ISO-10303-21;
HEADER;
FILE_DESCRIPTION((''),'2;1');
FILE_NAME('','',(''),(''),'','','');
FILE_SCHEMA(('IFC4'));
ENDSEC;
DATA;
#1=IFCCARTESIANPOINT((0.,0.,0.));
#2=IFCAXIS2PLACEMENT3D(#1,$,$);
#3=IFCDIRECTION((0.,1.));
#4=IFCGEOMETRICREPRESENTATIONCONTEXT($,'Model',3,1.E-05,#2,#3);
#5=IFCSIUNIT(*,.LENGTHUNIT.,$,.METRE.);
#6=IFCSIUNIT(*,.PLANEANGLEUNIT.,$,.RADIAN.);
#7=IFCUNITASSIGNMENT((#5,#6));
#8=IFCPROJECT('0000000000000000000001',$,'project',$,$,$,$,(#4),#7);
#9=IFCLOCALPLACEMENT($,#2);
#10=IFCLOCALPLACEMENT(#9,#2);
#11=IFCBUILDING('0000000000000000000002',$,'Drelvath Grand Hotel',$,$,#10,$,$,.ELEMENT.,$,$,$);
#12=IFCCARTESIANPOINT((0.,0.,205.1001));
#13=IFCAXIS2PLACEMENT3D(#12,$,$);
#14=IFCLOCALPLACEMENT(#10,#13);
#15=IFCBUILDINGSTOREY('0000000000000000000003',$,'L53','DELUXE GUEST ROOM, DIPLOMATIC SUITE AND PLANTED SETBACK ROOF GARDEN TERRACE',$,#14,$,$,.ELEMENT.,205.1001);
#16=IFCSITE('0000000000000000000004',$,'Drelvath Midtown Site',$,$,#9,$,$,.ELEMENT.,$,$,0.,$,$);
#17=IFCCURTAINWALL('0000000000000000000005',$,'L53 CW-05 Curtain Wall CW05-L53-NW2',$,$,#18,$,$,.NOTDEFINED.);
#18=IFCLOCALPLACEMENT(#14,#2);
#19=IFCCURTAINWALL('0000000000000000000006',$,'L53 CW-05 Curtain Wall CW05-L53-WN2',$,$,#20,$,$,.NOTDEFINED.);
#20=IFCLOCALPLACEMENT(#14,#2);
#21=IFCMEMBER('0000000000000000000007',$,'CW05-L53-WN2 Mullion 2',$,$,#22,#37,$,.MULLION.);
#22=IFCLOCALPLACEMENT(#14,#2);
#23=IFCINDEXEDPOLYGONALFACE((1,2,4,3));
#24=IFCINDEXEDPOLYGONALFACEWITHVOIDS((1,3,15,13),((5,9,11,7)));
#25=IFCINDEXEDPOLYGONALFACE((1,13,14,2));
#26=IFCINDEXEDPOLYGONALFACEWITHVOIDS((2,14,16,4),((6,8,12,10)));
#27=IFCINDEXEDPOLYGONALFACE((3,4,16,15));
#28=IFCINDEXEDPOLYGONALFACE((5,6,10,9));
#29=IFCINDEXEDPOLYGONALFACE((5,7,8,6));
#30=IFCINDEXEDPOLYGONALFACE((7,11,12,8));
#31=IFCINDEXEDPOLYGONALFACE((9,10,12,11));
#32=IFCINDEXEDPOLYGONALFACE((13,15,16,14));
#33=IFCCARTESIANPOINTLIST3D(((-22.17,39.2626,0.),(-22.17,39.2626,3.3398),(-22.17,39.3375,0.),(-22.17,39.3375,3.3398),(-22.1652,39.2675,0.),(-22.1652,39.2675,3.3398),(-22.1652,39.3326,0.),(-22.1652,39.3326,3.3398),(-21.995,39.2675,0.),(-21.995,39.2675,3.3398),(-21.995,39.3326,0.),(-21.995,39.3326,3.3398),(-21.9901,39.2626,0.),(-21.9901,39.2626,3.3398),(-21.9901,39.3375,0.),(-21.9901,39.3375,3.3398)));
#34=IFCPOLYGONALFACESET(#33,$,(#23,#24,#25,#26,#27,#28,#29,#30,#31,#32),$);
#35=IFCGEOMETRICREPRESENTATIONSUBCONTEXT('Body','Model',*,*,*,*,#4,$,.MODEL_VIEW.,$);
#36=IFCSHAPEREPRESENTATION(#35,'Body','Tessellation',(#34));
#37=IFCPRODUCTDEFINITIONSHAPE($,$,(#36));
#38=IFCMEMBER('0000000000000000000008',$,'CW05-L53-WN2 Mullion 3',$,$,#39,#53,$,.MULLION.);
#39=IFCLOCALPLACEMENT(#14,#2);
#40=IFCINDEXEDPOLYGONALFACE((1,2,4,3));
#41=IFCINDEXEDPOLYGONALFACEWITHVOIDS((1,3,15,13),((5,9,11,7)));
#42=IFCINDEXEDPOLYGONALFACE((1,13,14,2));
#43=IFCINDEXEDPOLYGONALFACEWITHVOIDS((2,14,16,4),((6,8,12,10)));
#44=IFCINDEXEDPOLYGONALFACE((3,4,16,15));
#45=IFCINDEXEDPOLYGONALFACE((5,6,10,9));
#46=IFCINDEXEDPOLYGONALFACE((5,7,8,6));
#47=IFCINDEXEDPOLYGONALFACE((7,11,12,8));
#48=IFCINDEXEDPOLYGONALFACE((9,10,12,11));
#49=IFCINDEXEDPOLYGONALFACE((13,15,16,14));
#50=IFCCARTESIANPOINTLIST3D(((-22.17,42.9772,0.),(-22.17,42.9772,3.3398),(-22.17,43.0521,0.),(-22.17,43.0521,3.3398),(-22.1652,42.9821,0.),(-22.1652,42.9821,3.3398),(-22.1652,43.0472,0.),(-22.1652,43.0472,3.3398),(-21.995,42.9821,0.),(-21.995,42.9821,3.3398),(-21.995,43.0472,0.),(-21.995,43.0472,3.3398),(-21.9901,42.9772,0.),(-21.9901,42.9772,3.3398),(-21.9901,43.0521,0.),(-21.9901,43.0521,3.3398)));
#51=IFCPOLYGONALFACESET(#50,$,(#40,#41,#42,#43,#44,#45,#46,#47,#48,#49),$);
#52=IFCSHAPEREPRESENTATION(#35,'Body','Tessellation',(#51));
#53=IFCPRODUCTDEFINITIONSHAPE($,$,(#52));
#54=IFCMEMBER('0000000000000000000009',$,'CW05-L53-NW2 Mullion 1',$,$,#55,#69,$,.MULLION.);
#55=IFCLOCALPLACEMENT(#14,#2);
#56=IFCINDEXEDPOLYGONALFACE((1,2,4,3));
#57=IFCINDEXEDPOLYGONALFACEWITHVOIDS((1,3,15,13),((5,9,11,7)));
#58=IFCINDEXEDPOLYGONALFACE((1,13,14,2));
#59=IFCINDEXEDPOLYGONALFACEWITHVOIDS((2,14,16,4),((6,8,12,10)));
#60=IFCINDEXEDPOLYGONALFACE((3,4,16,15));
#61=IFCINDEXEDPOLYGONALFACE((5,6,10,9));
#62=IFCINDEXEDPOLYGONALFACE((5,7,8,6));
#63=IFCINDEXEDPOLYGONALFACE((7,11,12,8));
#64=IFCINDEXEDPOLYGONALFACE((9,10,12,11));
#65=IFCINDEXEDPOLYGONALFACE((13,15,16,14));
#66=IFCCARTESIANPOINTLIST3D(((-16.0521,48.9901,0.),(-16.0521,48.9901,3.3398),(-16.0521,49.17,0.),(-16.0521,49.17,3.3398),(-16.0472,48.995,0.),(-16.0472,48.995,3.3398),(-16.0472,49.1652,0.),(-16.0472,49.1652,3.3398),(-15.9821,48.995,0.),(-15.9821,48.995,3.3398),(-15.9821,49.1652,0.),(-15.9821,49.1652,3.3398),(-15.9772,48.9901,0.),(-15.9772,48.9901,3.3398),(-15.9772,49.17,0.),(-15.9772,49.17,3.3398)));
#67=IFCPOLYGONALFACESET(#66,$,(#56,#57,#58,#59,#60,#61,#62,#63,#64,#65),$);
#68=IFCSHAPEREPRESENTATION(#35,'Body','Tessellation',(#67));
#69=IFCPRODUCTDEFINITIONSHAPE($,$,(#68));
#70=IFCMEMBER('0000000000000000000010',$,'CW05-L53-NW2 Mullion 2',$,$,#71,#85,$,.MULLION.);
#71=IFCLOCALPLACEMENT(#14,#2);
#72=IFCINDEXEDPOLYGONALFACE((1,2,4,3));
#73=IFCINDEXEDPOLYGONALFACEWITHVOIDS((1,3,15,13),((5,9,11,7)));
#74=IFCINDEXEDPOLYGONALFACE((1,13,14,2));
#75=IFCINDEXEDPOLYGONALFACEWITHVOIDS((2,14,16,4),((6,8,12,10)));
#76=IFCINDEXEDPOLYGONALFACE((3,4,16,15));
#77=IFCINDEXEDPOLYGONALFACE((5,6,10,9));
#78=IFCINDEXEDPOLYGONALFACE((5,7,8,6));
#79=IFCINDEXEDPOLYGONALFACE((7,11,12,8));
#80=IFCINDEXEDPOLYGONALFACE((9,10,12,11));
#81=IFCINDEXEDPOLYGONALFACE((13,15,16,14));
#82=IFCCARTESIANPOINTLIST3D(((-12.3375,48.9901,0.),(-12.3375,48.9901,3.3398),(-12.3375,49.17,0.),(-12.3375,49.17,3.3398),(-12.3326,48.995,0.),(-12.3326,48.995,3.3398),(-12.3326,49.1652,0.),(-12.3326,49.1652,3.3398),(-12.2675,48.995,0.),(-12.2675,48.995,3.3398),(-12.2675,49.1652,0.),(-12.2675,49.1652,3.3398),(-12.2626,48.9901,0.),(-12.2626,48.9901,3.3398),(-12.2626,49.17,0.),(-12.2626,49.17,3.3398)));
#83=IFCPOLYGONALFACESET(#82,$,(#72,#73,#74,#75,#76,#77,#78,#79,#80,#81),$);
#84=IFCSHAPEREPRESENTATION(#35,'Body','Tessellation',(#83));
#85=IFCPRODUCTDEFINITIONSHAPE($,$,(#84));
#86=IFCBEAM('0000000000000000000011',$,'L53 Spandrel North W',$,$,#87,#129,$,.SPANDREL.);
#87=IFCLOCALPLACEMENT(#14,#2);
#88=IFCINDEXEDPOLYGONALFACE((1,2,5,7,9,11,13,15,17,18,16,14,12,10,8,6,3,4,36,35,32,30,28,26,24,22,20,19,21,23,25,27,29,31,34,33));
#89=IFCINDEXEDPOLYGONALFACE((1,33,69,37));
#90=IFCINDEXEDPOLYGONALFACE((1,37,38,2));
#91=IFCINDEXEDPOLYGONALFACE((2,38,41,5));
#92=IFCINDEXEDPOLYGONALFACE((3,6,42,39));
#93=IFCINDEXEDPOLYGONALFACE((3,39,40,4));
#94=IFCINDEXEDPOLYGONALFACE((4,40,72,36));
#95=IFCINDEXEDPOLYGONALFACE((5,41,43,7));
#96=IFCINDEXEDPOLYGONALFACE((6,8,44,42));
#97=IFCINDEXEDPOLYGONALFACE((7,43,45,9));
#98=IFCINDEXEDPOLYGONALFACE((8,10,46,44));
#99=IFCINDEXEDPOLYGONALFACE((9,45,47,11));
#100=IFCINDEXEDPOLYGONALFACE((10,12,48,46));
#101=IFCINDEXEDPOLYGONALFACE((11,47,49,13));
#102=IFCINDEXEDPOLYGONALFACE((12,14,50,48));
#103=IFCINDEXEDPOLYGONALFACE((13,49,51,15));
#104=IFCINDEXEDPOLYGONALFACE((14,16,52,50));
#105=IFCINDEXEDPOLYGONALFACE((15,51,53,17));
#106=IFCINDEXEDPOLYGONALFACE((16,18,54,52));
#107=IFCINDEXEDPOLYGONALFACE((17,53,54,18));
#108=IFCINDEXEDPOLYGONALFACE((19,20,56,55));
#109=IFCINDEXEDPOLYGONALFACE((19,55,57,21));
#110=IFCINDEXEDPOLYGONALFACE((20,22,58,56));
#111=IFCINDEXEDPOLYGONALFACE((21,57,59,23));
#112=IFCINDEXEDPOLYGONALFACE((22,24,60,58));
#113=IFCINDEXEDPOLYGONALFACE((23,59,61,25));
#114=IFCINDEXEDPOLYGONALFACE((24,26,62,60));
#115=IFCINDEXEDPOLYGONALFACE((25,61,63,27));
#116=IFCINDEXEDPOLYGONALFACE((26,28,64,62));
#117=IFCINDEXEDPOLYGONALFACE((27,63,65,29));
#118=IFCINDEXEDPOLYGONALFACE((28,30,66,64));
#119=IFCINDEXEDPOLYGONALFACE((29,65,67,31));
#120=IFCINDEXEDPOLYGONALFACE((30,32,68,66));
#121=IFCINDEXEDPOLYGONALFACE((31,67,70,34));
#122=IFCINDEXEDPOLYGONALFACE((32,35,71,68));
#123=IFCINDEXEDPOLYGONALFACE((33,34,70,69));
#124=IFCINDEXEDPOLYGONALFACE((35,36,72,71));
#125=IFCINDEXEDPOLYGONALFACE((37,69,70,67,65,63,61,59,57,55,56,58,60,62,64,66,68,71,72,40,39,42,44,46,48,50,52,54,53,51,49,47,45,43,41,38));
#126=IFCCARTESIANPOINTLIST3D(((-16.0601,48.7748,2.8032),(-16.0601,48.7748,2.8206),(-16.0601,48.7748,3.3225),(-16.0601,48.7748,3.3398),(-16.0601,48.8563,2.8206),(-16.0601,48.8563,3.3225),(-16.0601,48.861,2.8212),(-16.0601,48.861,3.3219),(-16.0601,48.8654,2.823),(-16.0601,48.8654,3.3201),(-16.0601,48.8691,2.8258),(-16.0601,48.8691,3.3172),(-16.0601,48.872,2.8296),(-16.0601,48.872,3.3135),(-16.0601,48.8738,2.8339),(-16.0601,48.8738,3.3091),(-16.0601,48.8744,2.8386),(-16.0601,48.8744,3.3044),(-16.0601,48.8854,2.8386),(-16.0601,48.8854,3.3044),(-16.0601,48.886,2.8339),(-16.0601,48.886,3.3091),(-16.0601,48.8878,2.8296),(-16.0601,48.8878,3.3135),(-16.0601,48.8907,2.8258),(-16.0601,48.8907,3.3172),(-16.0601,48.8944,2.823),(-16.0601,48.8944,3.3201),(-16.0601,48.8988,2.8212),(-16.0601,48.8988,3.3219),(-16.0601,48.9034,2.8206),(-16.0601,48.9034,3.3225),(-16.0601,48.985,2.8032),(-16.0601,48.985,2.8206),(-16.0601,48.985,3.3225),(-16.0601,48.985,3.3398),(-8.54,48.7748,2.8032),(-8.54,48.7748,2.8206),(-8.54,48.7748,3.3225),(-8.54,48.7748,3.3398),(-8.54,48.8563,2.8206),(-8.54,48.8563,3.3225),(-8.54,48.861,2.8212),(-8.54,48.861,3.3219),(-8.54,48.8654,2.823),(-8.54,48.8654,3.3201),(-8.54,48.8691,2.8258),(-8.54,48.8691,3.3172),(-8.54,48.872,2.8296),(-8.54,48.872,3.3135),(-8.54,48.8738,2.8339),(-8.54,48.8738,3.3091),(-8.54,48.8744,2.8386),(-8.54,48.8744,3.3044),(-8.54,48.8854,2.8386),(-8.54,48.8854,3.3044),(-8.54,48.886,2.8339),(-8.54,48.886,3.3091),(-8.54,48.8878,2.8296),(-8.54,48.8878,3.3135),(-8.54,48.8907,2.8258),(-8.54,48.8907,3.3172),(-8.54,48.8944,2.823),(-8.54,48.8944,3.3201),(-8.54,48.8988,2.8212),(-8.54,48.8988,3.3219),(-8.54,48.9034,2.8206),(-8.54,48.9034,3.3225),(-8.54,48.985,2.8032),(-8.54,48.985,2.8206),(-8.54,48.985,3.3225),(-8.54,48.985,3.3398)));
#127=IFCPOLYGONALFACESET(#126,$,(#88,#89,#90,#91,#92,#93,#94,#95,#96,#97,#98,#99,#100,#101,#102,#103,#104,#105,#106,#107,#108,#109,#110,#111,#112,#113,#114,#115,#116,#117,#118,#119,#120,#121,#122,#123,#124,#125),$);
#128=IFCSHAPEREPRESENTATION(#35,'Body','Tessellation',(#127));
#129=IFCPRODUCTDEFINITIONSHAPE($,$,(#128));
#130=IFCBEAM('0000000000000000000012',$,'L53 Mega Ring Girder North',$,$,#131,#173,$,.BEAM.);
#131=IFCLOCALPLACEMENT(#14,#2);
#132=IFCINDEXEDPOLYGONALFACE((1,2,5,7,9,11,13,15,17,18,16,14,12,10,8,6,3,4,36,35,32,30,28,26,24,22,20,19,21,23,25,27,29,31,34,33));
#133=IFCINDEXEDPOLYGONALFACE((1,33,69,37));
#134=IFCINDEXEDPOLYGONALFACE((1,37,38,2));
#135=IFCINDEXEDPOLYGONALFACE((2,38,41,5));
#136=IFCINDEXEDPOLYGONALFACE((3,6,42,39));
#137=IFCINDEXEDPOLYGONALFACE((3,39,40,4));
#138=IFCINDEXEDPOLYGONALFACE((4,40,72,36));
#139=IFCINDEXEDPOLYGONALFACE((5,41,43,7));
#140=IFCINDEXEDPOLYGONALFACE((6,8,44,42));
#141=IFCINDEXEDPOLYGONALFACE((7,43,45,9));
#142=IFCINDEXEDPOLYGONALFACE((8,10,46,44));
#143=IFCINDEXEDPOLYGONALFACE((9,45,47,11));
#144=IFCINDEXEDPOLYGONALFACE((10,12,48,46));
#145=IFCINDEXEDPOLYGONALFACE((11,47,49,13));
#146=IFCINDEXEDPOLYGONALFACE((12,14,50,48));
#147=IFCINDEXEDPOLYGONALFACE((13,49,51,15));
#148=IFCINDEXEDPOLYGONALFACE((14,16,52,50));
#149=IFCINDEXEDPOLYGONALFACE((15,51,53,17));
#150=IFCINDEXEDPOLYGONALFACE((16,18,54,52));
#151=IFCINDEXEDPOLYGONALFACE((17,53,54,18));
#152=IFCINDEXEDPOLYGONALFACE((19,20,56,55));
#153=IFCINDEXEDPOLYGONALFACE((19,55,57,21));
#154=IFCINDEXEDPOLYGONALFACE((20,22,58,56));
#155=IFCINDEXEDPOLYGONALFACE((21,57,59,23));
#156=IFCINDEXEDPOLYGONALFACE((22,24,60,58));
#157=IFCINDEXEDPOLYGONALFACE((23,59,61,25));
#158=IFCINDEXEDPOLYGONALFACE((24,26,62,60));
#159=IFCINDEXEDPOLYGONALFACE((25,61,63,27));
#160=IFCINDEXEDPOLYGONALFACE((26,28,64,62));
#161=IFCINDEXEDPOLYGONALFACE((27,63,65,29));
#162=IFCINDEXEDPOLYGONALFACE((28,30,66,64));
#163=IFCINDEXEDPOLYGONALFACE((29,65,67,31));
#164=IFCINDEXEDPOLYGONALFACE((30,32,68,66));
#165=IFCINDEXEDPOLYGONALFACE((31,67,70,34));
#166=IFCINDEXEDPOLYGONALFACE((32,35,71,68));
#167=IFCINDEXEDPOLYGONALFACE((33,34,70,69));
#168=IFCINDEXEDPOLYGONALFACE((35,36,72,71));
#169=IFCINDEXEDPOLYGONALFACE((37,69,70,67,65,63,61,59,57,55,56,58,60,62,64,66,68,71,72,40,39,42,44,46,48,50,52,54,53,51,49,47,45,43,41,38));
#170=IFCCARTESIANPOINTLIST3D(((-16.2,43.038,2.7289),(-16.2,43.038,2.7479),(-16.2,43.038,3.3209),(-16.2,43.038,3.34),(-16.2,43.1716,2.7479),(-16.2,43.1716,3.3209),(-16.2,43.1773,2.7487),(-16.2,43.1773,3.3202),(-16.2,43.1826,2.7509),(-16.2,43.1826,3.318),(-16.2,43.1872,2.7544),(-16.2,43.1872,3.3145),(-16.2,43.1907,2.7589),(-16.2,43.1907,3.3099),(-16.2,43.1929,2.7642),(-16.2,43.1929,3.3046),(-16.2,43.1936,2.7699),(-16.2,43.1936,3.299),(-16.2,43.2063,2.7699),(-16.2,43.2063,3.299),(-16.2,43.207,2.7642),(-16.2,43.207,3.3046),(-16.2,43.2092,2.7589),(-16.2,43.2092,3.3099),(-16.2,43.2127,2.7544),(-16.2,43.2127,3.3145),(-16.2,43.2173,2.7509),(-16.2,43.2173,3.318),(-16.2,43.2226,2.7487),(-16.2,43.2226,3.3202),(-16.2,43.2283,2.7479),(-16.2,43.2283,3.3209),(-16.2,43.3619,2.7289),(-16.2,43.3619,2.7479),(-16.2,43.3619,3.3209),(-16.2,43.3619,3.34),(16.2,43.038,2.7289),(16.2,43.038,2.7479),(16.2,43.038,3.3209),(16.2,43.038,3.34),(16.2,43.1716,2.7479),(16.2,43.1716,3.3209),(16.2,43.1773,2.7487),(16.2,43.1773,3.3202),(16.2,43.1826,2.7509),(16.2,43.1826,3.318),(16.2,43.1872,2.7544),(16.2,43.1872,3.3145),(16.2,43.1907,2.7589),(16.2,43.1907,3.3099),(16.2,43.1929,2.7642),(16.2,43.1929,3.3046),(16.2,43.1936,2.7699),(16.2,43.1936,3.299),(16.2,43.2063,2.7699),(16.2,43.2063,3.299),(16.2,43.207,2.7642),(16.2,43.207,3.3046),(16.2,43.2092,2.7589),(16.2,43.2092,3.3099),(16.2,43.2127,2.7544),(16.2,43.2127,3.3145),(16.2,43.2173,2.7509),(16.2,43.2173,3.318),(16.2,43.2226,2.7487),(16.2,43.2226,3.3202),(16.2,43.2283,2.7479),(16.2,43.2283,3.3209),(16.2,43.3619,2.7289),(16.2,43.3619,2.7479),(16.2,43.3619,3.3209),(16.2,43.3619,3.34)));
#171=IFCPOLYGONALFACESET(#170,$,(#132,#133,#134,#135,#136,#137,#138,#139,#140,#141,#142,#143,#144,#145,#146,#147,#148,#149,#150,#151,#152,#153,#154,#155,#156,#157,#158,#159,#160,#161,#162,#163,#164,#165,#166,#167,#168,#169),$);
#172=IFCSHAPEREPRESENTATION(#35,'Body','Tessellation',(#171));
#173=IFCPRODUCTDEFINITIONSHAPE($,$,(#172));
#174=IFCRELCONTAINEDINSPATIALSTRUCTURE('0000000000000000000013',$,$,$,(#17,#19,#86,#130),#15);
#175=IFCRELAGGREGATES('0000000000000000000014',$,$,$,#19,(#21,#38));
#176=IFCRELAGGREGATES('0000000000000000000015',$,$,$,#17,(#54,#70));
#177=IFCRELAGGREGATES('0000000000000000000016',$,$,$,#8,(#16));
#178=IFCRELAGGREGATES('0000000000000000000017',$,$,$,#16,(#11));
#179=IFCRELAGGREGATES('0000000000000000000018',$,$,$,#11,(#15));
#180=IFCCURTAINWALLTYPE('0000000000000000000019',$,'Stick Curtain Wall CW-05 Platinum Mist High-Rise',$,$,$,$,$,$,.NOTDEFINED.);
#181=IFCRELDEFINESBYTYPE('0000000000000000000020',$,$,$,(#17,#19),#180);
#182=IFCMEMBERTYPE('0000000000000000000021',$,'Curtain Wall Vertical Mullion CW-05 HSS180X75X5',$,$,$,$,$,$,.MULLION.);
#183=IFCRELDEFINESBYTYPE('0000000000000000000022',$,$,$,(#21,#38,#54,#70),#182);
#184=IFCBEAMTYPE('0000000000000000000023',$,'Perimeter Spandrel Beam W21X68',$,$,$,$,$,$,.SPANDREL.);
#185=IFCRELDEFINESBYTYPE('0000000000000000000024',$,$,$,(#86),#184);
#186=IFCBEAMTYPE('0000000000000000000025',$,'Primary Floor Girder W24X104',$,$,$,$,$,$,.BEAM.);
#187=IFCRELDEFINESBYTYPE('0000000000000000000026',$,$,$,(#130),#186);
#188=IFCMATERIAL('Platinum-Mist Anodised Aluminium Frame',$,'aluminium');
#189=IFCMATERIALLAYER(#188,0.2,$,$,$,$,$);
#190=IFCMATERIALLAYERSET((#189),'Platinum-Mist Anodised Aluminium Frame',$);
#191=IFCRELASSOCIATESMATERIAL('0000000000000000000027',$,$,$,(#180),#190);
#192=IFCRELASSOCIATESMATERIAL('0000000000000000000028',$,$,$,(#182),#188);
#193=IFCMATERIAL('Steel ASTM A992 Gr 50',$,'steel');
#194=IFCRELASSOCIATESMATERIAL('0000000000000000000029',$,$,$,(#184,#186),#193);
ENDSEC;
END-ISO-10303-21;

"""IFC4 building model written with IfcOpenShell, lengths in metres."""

from ifc_helpers import new_model, si_unit, direction, frame, origin, origin_2d, place, context, subcontext, project, spatial, hollow_rectangle, i_section, extrude, material, layer, layer_set, material_profile, profile_set, type_object, element, aggregate, save


model = new_model("IFC4")

# Units and contexts
model_context = context("Model", 3, precision=1e-05, world=origin(), true_north=direction((0.0, 1.0)))
body_context = subcontext(model_context, "Body", "Model", "MODEL_VIEW")
ifc_project = project(units=[si_unit("LENGTHUNIT", "METRE"), si_unit("PLANEANGLEUNIT", "RADIAN")], contexts=[model_context])

# Site, building, storey
site_placement = place(None, origin())
site = spatial("IfcSite", under=ifc_project, at=site_placement, Name="Drelvath Midtown Site", CompositionType="ELEMENT", RefElevation=0.0)
building_placement = place(site_placement, origin())
building = spatial("IfcBuilding", under=site, at=building_placement, Name="Drelvath Grand Hotel", CompositionType="ELEMENT")
storey_placement = place(building_placement, frame((0.0, 0.0, 205.1001)))
storey = spatial("IfcBuildingStorey", under=building, at=storey_placement, Name="L53", Description="DELUXE GUEST ROOM, DIPLOMATIC SUITE AND PLANTED SETBACK ROOF GARDEN TERRACE", CompositionType="ELEMENT", Elevation=205.1001)

# Shared definitions
ifc_material_1 = material(Name="Steel ASTM A992 Gr 50", Category="steel")

# Curtain wall
ifc_material_2 = material(Name="Platinum-Mist Anodised Aluminium Frame", Category="aluminium")
ifc_layer_1 = layer(ifc_material_2, 0.2)
ifc_layer_set_1 = layer_set([ifc_layer_1], Name="Platinum-Mist Anodised Aluminium Frame")
curtain_wall_type = type_object("IfcCurtainWallType", Name="Stick Curtain Wall CW-05 Platinum Mist High-Rise", PredefinedType="NOTDEFINED", material=ifc_layer_set_1)
curtain_wall_1_placement = place(storey_placement, origin())
curtain_wall_1 = element("IfcCurtainWall", 1, at=curtain_wall_1_placement, inside=storey, type_object=curtain_wall_type, Name="L53 CW-05 Curtain Wall CW05-L53-NW2", PredefinedType="NOTDEFINED")

# Curtain wall, members
curtain_wall_2_placement = place(storey_placement, origin())
curtain_wall_2 = element("IfcCurtainWall", 2, at=curtain_wall_2_placement, inside=storey, type_object=curtain_wall_type, Name="L53 CW-05 Curtain Wall CW05-L53-WN2", PredefinedType="NOTDEFINED")
ifc_material_profile_1 = material_profile(ifc_material_2, hollow_rectangle(XDim=0.075, YDim=0.1799, WallThickness=0.0049, at=origin_2d()), Name="HSS180X75X5")
ifc_profile_set_1 = profile_set([ifc_material_profile_1], Name="Platinum-Mist Anodised Aluminium Frame")
member_type_1 = type_object("IfcMemberType", Name="Curtain Wall Vertical Mullion CW-05 HSS180X75X5", PredefinedType="MULLION", material=ifc_profile_set_1)
member_1_placement = place(storey_placement, frame((-22.0801, 39.3, 0.0), z_axis=(0.0, 0.0, 1.0), x_axis=(0.0, 1.0, 0.0)))
member_1 = element("IfcMember", 3, at=member_1_placement, type_object=member_type_1, Name="CW05-L53-WN2 Mullion 2", PredefinedType="MULLION", context=body_context, shape_type="SweptSolid", body=[
    extrude(hollow_rectangle(XDim=0.075, YDim=0.1799, WallThickness=0.0049, at=origin_2d()), origin(), (0.0, 0.0, 1.0), 3.3398),
])
member_2_placement = place(storey_placement, frame((-22.0801, 43.0146, 0.0), z_axis=(0.0, 0.0, 1.0), x_axis=(0.0, 1.0, 0.0)))
member_2 = element("IfcMember", 4, at=member_2_placement, type_object=member_type_1, Name="CW05-L53-WN2 Mullion 3", PredefinedType="MULLION", context=body_context, shape_type="SweptSolid", body=[
    extrude(hollow_rectangle(XDim=0.075, YDim=0.1799, WallThickness=0.0049, at=origin_2d()), origin(), (0.0, 0.0, 1.0), 3.3398),
])

# Members
member_3_placement = place(storey_placement, frame((-16.0146, 49.0801, 0.0), z_axis=(0.0, 0.0, 1.0), x_axis=(1.0, 0.0, 0.0)))
member_3 = element("IfcMember", 5, at=member_3_placement, type_object=member_type_1, Name="CW05-L53-NW2 Mullion 1", PredefinedType="MULLION", context=body_context, shape_type="SweptSolid", body=[
    extrude(hollow_rectangle(XDim=0.075, YDim=0.1799, WallThickness=0.0049, at=origin_2d()), origin(), (0.0, 0.0, 1.0), 3.3398),
])
member_4_placement = place(storey_placement, frame((-12.3, 49.0801, 0.0), z_axis=(0.0, 0.0, 1.0), x_axis=(1.0, 0.0, 0.0)))
member_4 = element("IfcMember", 6, at=member_4_placement, type_object=member_type_1, Name="CW05-L53-NW2 Mullion 2", PredefinedType="MULLION", context=body_context, shape_type="SweptSolid", body=[
    extrude(hollow_rectangle(XDim=0.075, YDim=0.1799, WallThickness=0.0049, at=origin_2d()), origin(), (0.0, 0.0, 1.0), 3.3398),
])

# Beams
ifc_material_profile_2 = material_profile(ifc_material_1, i_section(OverallWidth=0.2102, OverallDepth=0.5366, WebThickness=0.011, FlangeThickness=0.0173, FilletRadius=0.0181, at=origin_2d()), Name="W21X68")
ifc_profile_set_2 = profile_set([ifc_material_profile_2], Name="Steel ASTM A992 Gr 50")
beam_type_1 = type_object("IfcBeamType", Name="Perimeter Spandrel Beam W21X68", PredefinedType="SPANDREL", material=ifc_profile_set_2)
beam_1_placement = place(storey_placement, frame((-16.0601, 48.8799, 3.0715), z_axis=(1.0, 0.0, 0.0), x_axis=(0.0, 1.0, 0.0)))
element("IfcBeam", 7, at=beam_1_placement, inside=storey, type_object=beam_type_1, Name="L53 Spandrel North W", PredefinedType="SPANDREL", context=body_context, shape_type="SweptSolid", body=[
    extrude(i_section(OverallWidth=0.2102, OverallDepth=0.5366, WebThickness=0.011, FlangeThickness=0.0173, FilletRadius=0.0181, at=origin_2d()), origin(), (0.0, 0.0, 1.0), 7.52),
])
ifc_material_profile_3 = material_profile(ifc_material_1, i_section(OverallWidth=0.324, OverallDepth=0.6111, WebThickness=0.0127, FlangeThickness=0.019, FilletRadius=0.022, at=origin_2d()), Name="W24X104")
ifc_profile_set_3 = profile_set([ifc_material_profile_3], Name="Steel ASTM A992 Gr 50")
beam_type_2 = type_object("IfcBeamType", Name="Primary Floor Girder W24X104", PredefinedType="BEAM", material=ifc_profile_set_3)
beam_2_placement = place(storey_placement, frame((-16.2, 43.2, 3.0344), z_axis=(1.0, 0.0, 0.0), x_axis=(0.0, 1.0, 0.0)))
element("IfcBeam", 8, at=beam_2_placement, inside=storey, type_object=beam_type_2, Name="L53 Mega Ring Girder North", PredefinedType="BEAM", context=body_context, shape_type="SweptSolid", body=[
    extrude(i_section(OverallWidth=0.324, OverallDepth=0.6111, WebThickness=0.0127, FlangeThickness=0.019, FilletRadius=0.022, at=origin_2d()), origin(), (0.0, 0.0, 1.0), 32.3999),
])

aggregate(curtain_wall_2, [member_1, member_2])
aggregate(curtain_wall_1, [member_3, member_4])

save(model, "model.ifc")
